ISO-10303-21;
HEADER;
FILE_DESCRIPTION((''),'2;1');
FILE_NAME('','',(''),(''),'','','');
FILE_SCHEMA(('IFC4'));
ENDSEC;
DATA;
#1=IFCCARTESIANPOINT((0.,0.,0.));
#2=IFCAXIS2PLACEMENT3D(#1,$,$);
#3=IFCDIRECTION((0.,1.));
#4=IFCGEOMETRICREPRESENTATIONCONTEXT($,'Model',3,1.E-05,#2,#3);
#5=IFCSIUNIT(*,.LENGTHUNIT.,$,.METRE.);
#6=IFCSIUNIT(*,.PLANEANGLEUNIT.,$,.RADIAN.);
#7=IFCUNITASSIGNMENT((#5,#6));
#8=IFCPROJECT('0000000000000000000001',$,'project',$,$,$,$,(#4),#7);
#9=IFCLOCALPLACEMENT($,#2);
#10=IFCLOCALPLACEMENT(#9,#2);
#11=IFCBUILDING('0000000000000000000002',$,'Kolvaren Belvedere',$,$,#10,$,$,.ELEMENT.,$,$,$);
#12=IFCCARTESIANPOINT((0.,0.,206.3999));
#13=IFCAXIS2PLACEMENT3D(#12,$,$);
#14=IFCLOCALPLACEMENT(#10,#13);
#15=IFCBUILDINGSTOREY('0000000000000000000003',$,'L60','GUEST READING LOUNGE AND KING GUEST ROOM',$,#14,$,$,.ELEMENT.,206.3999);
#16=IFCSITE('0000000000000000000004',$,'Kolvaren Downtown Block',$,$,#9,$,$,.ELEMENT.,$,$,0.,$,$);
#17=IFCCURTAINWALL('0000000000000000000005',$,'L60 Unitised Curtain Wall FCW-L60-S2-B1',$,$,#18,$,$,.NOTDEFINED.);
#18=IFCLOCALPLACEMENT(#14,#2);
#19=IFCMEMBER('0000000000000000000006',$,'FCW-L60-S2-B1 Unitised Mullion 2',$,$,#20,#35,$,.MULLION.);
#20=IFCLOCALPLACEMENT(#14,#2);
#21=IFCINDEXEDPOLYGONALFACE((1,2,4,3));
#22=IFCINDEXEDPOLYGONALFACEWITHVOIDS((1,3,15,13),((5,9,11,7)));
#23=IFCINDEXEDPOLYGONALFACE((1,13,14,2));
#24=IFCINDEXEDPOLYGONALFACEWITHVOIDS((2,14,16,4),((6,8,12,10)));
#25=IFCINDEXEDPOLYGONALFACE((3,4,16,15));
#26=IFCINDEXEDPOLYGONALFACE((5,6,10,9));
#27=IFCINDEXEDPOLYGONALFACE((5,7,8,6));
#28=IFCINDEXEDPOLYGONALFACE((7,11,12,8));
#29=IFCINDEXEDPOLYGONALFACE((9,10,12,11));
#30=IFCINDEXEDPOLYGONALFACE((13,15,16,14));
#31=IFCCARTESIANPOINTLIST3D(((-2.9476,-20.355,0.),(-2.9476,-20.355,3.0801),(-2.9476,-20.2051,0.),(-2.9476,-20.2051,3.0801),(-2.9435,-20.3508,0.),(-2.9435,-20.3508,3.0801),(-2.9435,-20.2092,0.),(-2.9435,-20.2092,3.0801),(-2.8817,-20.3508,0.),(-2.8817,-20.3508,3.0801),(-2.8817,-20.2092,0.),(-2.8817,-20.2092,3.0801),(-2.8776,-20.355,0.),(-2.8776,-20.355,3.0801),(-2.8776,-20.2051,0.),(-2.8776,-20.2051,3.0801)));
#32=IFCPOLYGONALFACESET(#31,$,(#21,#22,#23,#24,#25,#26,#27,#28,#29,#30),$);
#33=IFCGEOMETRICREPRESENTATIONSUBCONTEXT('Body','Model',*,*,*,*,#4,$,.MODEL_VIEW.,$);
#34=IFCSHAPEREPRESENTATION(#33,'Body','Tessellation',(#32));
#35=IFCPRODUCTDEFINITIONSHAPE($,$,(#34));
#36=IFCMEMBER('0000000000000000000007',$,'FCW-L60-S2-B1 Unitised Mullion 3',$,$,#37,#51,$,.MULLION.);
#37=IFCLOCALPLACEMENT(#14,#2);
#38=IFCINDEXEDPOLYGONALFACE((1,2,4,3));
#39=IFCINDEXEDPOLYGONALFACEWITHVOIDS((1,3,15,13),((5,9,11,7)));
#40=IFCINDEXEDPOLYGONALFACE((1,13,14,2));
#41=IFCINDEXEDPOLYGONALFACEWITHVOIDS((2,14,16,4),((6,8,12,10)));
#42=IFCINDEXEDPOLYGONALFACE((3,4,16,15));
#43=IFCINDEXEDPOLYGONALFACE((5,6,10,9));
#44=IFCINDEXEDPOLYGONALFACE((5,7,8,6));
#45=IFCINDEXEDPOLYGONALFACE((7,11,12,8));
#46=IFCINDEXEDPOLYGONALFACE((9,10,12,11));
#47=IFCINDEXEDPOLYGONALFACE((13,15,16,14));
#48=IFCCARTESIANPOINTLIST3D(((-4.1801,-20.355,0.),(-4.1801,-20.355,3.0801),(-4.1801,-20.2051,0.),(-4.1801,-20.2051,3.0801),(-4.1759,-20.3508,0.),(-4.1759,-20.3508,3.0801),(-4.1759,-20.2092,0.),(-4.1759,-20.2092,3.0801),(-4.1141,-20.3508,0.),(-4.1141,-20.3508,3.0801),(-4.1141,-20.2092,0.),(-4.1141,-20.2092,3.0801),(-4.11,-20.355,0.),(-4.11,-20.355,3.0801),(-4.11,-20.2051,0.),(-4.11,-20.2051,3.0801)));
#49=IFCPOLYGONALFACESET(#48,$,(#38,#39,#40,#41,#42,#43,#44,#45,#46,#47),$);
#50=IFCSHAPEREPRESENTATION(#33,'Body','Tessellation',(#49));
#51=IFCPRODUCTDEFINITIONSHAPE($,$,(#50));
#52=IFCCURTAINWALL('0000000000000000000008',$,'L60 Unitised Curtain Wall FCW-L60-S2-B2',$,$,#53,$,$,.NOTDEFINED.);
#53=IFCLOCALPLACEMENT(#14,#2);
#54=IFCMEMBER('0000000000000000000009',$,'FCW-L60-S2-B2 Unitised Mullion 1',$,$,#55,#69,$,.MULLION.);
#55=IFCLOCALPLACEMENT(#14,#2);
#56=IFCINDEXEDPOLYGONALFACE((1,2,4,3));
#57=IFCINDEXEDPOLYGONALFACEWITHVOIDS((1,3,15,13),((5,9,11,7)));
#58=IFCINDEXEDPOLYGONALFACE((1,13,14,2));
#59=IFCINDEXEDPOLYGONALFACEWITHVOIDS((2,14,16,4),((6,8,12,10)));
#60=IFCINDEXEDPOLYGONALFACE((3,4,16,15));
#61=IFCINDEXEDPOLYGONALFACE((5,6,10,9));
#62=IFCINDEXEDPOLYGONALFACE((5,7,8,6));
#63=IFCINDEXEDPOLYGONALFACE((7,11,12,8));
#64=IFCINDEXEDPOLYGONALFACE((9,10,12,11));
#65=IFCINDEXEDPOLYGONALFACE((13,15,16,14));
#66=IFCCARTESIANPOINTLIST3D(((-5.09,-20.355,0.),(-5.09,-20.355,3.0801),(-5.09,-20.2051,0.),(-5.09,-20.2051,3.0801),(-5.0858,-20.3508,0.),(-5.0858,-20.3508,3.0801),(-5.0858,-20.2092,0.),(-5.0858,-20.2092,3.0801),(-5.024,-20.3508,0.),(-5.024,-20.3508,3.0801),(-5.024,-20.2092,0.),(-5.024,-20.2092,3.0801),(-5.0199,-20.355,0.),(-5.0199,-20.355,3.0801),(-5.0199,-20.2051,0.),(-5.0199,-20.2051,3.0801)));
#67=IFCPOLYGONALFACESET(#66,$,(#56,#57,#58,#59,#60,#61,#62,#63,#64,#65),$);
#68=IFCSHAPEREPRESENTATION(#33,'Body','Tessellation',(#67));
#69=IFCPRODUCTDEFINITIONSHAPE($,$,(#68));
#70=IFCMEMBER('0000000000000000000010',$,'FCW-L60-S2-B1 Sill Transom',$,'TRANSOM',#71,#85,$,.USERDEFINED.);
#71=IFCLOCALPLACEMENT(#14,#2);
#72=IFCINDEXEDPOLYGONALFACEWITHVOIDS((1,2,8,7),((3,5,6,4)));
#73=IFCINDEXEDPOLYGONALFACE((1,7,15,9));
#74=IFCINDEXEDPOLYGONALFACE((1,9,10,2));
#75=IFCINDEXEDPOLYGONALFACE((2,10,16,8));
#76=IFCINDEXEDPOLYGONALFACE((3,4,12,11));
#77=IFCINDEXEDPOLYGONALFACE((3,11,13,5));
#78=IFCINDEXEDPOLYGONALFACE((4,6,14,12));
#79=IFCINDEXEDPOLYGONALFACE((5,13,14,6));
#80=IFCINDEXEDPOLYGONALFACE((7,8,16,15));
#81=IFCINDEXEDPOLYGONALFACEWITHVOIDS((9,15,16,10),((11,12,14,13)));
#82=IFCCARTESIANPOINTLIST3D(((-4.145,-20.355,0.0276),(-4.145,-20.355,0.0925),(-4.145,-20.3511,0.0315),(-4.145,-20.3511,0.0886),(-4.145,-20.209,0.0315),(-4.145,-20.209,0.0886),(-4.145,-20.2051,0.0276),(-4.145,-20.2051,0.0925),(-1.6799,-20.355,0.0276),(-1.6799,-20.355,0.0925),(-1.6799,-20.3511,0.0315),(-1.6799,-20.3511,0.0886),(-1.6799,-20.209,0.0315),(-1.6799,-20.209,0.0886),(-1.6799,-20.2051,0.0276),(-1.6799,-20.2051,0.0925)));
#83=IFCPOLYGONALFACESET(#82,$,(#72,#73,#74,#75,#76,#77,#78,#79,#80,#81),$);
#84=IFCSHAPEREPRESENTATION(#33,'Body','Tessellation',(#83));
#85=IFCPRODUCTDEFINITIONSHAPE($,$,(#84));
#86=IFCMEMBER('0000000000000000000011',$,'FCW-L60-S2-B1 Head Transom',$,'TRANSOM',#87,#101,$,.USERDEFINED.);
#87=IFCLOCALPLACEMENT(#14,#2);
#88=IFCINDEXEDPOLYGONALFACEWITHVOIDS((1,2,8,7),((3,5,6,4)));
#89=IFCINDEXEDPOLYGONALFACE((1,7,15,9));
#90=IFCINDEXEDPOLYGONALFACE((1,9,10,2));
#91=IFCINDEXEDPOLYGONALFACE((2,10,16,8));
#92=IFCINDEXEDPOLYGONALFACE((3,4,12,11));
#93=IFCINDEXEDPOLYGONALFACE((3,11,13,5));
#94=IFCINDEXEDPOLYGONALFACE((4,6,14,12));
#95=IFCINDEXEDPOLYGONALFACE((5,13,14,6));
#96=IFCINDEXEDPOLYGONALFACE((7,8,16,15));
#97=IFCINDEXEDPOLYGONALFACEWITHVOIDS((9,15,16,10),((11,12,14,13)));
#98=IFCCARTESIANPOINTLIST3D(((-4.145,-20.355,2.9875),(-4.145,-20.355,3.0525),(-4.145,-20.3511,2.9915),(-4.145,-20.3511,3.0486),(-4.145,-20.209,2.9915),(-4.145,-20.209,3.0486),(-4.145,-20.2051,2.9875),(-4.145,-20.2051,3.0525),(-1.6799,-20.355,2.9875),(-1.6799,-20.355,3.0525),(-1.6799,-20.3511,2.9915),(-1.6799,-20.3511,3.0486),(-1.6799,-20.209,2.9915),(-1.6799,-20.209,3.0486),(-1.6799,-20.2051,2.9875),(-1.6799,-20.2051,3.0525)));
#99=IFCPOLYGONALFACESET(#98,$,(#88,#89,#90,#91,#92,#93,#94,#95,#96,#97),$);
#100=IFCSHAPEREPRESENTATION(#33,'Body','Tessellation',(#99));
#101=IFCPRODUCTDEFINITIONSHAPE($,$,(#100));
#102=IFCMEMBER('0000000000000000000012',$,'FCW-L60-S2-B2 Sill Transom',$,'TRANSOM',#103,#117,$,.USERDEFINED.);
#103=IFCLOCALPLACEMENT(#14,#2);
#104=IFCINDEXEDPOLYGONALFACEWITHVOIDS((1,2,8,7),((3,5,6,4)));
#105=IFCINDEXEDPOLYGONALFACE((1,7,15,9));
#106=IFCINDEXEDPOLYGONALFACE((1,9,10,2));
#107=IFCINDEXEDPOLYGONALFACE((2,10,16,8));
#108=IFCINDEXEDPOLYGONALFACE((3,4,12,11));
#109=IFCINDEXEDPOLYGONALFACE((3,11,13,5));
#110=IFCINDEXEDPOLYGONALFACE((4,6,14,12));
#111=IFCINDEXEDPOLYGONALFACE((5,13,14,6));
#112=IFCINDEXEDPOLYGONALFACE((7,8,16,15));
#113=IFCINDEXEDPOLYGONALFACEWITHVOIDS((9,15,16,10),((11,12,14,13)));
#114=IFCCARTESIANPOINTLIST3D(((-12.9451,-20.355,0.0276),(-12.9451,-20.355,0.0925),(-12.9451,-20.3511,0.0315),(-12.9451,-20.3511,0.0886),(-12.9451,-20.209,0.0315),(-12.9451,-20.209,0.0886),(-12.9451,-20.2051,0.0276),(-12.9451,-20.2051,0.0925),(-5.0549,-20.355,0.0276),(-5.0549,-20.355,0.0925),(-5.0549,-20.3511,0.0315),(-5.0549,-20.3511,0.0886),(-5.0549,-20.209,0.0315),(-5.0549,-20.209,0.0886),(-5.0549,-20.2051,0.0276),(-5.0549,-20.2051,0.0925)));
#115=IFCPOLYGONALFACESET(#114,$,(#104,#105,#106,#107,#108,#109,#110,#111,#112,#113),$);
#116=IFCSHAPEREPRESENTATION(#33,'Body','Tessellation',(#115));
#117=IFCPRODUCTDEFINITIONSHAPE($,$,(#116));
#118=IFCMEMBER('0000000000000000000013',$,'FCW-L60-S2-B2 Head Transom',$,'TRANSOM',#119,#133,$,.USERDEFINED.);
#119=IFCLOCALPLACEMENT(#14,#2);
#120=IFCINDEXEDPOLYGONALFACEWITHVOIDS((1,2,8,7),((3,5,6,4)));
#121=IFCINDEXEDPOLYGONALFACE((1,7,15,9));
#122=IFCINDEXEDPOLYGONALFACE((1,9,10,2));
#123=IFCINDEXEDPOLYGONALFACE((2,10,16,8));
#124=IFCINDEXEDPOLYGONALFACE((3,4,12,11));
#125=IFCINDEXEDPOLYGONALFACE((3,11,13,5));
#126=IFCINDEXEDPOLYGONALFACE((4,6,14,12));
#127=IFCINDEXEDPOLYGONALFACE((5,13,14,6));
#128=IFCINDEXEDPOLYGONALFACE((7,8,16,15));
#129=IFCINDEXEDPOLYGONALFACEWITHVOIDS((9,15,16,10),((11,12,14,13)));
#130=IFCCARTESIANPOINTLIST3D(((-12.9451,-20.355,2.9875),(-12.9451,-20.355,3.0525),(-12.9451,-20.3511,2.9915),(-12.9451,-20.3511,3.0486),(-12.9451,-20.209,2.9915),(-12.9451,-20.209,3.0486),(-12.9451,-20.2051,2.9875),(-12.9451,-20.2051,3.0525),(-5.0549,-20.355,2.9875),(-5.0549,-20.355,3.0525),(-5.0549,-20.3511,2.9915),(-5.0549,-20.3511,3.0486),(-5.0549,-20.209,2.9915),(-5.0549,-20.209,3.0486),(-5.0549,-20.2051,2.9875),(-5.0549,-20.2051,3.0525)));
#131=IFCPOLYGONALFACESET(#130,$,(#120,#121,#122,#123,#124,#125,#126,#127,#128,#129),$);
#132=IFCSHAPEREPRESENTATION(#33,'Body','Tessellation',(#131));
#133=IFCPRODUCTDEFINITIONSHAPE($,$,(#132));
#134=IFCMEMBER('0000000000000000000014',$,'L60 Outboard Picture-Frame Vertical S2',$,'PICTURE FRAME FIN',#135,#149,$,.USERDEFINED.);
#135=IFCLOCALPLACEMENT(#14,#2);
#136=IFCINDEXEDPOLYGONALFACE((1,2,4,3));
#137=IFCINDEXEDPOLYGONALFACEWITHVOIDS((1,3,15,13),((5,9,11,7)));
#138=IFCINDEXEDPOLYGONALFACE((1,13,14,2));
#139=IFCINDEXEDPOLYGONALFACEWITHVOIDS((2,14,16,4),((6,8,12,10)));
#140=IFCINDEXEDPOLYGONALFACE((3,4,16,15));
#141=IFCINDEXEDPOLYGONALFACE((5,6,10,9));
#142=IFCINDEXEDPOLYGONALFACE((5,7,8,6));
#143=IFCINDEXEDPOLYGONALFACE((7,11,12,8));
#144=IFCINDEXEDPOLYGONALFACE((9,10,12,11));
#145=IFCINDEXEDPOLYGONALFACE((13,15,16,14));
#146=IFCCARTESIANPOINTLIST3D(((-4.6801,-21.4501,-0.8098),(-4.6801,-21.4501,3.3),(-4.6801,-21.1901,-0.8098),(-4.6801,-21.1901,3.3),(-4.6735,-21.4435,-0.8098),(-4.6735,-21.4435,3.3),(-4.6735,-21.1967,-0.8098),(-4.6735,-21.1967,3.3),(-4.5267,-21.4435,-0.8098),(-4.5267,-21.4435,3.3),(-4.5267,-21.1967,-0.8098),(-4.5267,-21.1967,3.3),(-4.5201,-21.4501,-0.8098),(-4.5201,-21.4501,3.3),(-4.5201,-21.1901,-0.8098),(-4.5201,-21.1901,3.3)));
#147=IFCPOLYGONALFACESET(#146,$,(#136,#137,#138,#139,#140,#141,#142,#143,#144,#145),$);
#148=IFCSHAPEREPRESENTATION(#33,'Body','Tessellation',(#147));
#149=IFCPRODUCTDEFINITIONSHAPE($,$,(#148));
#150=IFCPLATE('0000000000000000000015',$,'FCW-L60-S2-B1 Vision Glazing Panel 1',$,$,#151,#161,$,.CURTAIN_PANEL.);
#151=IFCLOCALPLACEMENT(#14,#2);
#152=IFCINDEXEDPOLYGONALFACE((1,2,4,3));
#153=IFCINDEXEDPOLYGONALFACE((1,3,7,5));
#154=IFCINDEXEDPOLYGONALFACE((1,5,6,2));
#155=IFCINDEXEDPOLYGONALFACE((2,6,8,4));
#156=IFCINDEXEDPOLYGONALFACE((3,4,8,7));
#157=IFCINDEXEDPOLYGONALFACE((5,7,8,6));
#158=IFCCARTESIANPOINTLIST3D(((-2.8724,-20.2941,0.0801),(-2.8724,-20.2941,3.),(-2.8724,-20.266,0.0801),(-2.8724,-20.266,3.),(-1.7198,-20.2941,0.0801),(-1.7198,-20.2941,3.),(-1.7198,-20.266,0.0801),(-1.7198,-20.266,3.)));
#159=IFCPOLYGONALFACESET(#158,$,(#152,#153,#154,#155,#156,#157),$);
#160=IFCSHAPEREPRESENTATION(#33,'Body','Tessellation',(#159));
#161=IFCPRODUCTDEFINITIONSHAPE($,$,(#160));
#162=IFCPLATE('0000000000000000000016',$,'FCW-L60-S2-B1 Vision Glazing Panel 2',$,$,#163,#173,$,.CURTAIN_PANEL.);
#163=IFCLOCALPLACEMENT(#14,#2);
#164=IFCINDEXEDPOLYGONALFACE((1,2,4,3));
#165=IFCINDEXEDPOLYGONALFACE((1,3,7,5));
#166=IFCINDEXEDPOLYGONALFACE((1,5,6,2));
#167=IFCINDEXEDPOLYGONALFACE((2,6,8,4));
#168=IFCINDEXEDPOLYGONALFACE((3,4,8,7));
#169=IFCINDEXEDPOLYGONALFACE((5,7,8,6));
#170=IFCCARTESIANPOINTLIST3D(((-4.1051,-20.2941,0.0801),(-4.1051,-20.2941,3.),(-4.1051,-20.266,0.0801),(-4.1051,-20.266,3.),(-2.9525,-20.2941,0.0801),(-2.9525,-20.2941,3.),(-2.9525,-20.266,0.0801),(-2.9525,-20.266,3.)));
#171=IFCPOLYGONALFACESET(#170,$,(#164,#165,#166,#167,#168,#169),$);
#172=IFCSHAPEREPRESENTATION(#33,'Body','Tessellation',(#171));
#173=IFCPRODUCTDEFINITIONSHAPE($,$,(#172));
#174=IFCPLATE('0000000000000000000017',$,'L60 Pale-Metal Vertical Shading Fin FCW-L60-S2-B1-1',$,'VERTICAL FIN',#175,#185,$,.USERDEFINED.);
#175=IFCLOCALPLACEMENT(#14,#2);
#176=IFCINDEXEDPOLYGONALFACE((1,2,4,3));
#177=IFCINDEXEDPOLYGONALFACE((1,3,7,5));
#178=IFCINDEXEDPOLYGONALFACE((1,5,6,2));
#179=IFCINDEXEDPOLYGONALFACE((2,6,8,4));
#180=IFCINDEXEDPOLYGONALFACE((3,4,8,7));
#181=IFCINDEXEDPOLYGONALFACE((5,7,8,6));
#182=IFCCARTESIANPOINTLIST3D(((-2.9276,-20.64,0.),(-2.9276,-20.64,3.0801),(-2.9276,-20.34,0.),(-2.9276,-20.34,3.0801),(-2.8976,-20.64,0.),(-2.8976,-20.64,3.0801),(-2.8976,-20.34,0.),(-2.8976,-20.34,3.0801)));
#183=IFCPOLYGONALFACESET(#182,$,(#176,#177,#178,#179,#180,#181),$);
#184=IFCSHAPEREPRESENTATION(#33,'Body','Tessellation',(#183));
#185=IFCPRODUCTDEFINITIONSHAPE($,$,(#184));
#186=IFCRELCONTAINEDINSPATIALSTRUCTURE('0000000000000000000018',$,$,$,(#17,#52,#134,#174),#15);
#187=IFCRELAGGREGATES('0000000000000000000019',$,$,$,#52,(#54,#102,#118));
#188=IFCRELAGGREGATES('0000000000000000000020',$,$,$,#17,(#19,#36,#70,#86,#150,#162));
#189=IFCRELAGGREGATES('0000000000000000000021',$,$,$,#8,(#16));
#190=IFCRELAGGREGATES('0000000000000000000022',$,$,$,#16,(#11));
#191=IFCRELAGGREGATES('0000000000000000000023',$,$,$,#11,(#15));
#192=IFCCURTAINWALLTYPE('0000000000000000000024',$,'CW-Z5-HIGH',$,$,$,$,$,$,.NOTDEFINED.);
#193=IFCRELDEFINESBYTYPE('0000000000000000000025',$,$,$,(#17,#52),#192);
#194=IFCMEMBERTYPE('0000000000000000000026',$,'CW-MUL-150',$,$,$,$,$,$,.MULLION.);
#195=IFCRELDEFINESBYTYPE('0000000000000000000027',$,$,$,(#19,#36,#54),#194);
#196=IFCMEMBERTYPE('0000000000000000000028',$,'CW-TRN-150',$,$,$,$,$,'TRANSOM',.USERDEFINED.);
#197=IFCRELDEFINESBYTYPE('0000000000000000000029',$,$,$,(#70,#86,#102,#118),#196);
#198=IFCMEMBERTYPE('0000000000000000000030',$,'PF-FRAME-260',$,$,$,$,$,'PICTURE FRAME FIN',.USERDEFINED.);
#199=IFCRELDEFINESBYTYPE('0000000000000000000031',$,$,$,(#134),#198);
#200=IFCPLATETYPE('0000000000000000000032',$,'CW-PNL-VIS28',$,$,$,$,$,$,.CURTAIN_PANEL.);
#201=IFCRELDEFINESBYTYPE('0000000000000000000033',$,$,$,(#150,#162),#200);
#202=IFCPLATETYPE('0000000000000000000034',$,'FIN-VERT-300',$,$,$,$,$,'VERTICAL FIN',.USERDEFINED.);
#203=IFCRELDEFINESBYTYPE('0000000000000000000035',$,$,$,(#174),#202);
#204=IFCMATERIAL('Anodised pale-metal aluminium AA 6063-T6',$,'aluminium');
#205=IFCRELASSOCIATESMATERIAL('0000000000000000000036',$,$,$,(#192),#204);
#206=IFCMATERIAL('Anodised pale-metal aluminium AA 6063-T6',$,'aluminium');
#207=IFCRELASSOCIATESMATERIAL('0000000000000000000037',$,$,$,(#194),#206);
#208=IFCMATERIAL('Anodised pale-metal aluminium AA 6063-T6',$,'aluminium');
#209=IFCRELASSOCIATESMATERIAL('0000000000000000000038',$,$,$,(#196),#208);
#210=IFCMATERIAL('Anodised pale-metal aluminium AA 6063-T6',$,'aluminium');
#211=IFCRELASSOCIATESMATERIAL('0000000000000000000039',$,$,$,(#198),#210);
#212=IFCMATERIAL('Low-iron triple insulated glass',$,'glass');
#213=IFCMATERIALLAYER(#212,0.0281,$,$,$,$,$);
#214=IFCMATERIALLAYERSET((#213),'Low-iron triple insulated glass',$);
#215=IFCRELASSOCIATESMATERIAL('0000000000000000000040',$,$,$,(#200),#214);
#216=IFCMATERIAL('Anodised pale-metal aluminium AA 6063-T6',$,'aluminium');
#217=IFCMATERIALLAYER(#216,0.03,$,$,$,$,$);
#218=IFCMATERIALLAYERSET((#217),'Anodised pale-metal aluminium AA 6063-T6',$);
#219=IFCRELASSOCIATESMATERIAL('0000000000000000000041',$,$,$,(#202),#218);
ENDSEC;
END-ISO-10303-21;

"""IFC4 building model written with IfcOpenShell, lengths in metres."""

from ifc_helpers import new_model, si_unit, direction, frame, origin, origin_2d, place, context, subcontext, project, spatial, rectangle, hollow_rectangle, extrude, material, layer, layer_set, material_profile, profile_set, type_object, element, aggregate, save


model = new_model("IFC4")

# Units and contexts
model_context = context("Model", 3, precision=1e-05, world=origin(), true_north=direction((0.0, 1.0)))
body_context = subcontext(model_context, "Body", "Model", "MODEL_VIEW")
ifc_project = project(units=[si_unit("LENGTHUNIT", "METRE"), si_unit("PLANEANGLEUNIT", "RADIAN")], contexts=[model_context])

# Site, building, storey
site_placement = place(None, origin())
site = spatial("IfcSite", under=ifc_project, at=site_placement, Name="Kolvaren Downtown Block", CompositionType="ELEMENT", RefElevation=0.0)
building_placement = place(site_placement, origin())
building = spatial("IfcBuilding", under=site, at=building_placement, Name="Kolvaren Belvedere", CompositionType="ELEMENT")
storey_placement = place(building_placement, frame((0.0, 0.0, 206.3999)))
storey = spatial("IfcBuildingStorey", under=building, at=storey_placement, Name="L60", Description="GUEST READING LOUNGE AND KING GUEST ROOM", CompositionType="ELEMENT", Elevation=206.3999)

# Curtain wall, members
ifc_material_1 = material(Name="Anodised pale-metal aluminium AA 6063-T6", Category="aluminium")
curtain_wall_type = type_object("IfcCurtainWallType", Name="CW-Z5-HIGH", PredefinedType="NOTDEFINED", material=ifc_material_1)
curtain_wall_1_placement = place(storey_placement, origin())
curtain_wall_1 = element("IfcCurtainWall", 1, at=curtain_wall_1_placement, inside=storey, type_object=curtain_wall_type, Name="L60 Unitised Curtain Wall FCW-L60-S2-B1", PredefinedType="NOTDEFINED")
ifc_material_2 = material(Name="Anodised pale-metal aluminium AA 6063-T6", Category="aluminium")
ifc_material_profile_1 = material_profile(ifc_material_2, hollow_rectangle(XDim=0.0701, YDim=0.1499, WallThickness=0.0042, at=origin_2d()), Name="ALU-MUL-150X70")
ifc_profile_set_1 = profile_set([ifc_material_profile_1], Name="Anodised pale-metal aluminium AA 6063-T6")
member_type_1 = type_object("IfcMemberType", Name="CW-MUL-150", PredefinedType="MULLION", material=ifc_profile_set_1)
member_1_placement = place(storey_placement, frame((-2.9126, -20.28, 0.0), z_axis=(0.0, 0.0, 1.0), x_axis=(1.0, 0.0, 0.0)))
member_1 = element("IfcMember", 2, at=member_1_placement, type_object=member_type_1, Name="FCW-L60-S2-B1 Unitised Mullion 2", PredefinedType="MULLION", context=body_context, shape_type="SweptSolid", body=[
    extrude(hollow_rectangle(XDim=0.0701, YDim=0.1499, WallThickness=0.0042, at=origin_2d()), origin(), (0.0, 0.0, 1.0), 3.0801),
])
member_2_placement = place(storey_placement, frame((-4.145, -20.28, 0.0), z_axis=(0.0, 0.0, 1.0), x_axis=(1.0, 0.0, 0.0)))
member_2 = element("IfcMember", 3, at=member_2_placement, type_object=member_type_1, Name="FCW-L60-S2-B1 Unitised Mullion 3", PredefinedType="MULLION", context=body_context, shape_type="SweptSolid", body=[
    extrude(hollow_rectangle(XDim=0.0701, YDim=0.1499, WallThickness=0.0042, at=origin_2d()), origin(), (0.0, 0.0, 1.0), 3.0801),
])

# Curtain wall, member
curtain_wall_2_placement = place(storey_placement, origin())
curtain_wall_2 = element("IfcCurtainWall", 4, at=curtain_wall_2_placement, inside=storey, type_object=curtain_wall_type, Name="L60 Unitised Curtain Wall FCW-L60-S2-B2", PredefinedType="NOTDEFINED")
member_3_placement = place(storey_placement, frame((-5.0549, -20.28, 0.0), z_axis=(0.0, 0.0, 1.0), x_axis=(1.0, 0.0, 0.0)))
member_3 = element("IfcMember", 5, at=member_3_placement, type_object=member_type_1, Name="FCW-L60-S2-B2 Unitised Mullion 1", PredefinedType="MULLION", context=body_context, shape_type="SweptSolid", body=[
    extrude(hollow_rectangle(XDim=0.0701, YDim=0.1499, WallThickness=0.0042, at=origin_2d()), origin(), (0.0, 0.0, 1.0), 3.0801),
])

# Members
ifc_material_3 = material(Name="Anodised pale-metal aluminium AA 6063-T6", Category="aluminium")
ifc_material_profile_2 = material_profile(ifc_material_3, hollow_rectangle(XDim=0.0649, YDim=0.1499, WallThickness=0.0039, at=origin_2d()), Name="ALU-TRN-150X65")
ifc_profile_set_2 = profile_set([ifc_material_profile_2], Name="Anodised pale-metal aluminium AA 6063-T6")
member_type_2 = type_object("IfcMemberType", Name="CW-TRN-150", ElementType="TRANSOM", PredefinedType="USERDEFINED", material=ifc_profile_set_2)
member_4_placement = place(storey_placement, frame((-1.6799, -20.28, 0.0601), z_axis=(-1.0, 0.0, 0.0), x_axis=(0.0, 0.0, 1.0)))
member_4 = element("IfcMember", 6, at=member_4_placement, type_object=member_type_2, Name="FCW-L60-S2-B1 Sill Transom", ObjectType="TRANSOM", PredefinedType="USERDEFINED", context=body_context, shape_type="SweptSolid", body=[
    extrude(hollow_rectangle(XDim=0.0649, YDim=0.1499, WallThickness=0.0039, at=origin_2d()), origin(), (0.0, 0.0, 1.0), 2.4651),
])
member_5_placement = place(storey_placement, frame((-1.6799, -20.28, 3.02), z_axis=(-1.0, 0.0, 0.0), x_axis=(0.0, 0.0, 1.0)))
member_5 = element("IfcMember", 7, at=member_5_placement, type_object=member_type_2, Name="FCW-L60-S2-B1 Head Transom", ObjectType="TRANSOM", PredefinedType="USERDEFINED", context=body_context, shape_type="SweptSolid", body=[
    extrude(hollow_rectangle(XDim=0.0649, YDim=0.1499, WallThickness=0.0039, at=origin_2d()), origin(), (0.0, 0.0, 1.0), 2.4651),
])
member_6_placement = place(storey_placement, frame((-5.0549, -20.28, 0.0601), z_axis=(-1.0, 0.0, 0.0), x_axis=(0.0, 0.0, 1.0)))
member_6 = element("IfcMember", 8, at=member_6_placement, type_object=member_type_2, Name="FCW-L60-S2-B2 Sill Transom", ObjectType="TRANSOM", PredefinedType="USERDEFINED", context=body_context, shape_type="SweptSolid", body=[
    extrude(hollow_rectangle(XDim=0.0649, YDim=0.1499, WallThickness=0.0039, at=origin_2d()), origin(), (0.0, 0.0, 1.0), 7.8901),
])
member_7_placement = place(storey_placement, frame((-5.0549, -20.28, 3.02), z_axis=(-1.0, 0.0, 0.0), x_axis=(0.0, 0.0, 1.0)))
member_7 = element("IfcMember", 9, at=member_7_placement, type_object=member_type_2, Name="FCW-L60-S2-B2 Head Transom", ObjectType="TRANSOM", PredefinedType="USERDEFINED", context=body_context, shape_type="SweptSolid", body=[
    extrude(hollow_rectangle(XDim=0.0649, YDim=0.1499, WallThickness=0.0039, at=origin_2d()), origin(), (0.0, 0.0, 1.0), 7.8901),
])
aggregate(curtain_wall_2, [member_3, member_6, member_7])
ifc_material_4 = material(Name="Anodised pale-metal aluminium AA 6063-T6", Category="aluminium")
ifc_material_profile_3 = material_profile(ifc_material_4, hollow_rectangle(XDim=0.1599, YDim=0.26, WallThickness=0.0066, at=origin_2d()), Name="ALU-PF-260X160")
ifc_profile_set_3 = profile_set([ifc_material_profile_3], Name="Anodised pale-metal aluminium AA 6063-T6")
member_type_3 = type_object("IfcMemberType", Name="PF-FRAME-260", ElementType="PICTURE FRAME FIN", PredefinedType="USERDEFINED", material=ifc_profile_set_3)
member_8_placement = place(storey_placement, frame((-4.6001, -21.3201, -0.8098), z_axis=(0.0, 0.0, 1.0), x_axis=(1.0, 0.0, 0.0)))
element("IfcMember", 10, at=member_8_placement, inside=storey, type_object=member_type_3, Name="L60 Outboard Picture-Frame Vertical S2", ObjectType="PICTURE FRAME FIN", PredefinedType="USERDEFINED", context=body_context, shape_type="SweptSolid", body=[
    extrude(hollow_rectangle(XDim=0.1599, YDim=0.26, WallThickness=0.0066, at=origin_2d()), origin(), (0.0, 0.0, 1.0), 4.1099),
])

# Plates
ifc_material_5 = material(Name="Low-iron triple insulated glass", Category="glass")
ifc_layer_1 = layer(ifc_material_5, 0.0281)
ifc_layer_set_1 = layer_set([ifc_layer_1], Name="Low-iron triple insulated glass")
plate_type_1 = type_object("IfcPlateType", Name="CW-PNL-VIS28", PredefinedType="CURTAIN_PANEL", material=ifc_layer_set_1)
plate_1_placement = place(storey_placement, frame((-2.2961, -20.28, 0.0801), z_axis=(0.0, 0.0, 1.0), x_axis=(-1.0, 0.0, 0.0)))
plate_1 = element("IfcPlate", 11, at=plate_1_placement, type_object=plate_type_1, Name="FCW-L60-S2-B1 Vision Glazing Panel 1", PredefinedType="CURTAIN_PANEL", context=body_context, shape_type="SweptSolid", body=[
    extrude(rectangle(XDim=1.1526, YDim=0.0281, at=origin_2d()), origin(), (0.0, 0.0, 1.0), 2.9199),
])
plate_2_placement = place(storey_placement, frame((-3.5288, -20.28, 0.0801), z_axis=(0.0, 0.0, 1.0), x_axis=(-1.0, 0.0, 0.0)))
plate_2 = element("IfcPlate", 12, at=plate_2_placement, type_object=plate_type_1, Name="FCW-L60-S2-B1 Vision Glazing Panel 2", PredefinedType="CURTAIN_PANEL", context=body_context, shape_type="SweptSolid", body=[
    extrude(rectangle(XDim=1.1526, YDim=0.0281, at=origin_2d()), origin(), (0.0, 0.0, 1.0), 2.9199),
])
aggregate(curtain_wall_1, [member_1, member_2, member_4, member_5, plate_1, plate_2])
ifc_material_6 = material(Name="Anodised pale-metal aluminium AA 6063-T6", Category="aluminium")
ifc_layer_2 = layer(ifc_material_6, 0.03)
ifc_layer_set_2 = layer_set([ifc_layer_2], Name="Anodised pale-metal aluminium AA 6063-T6")
plate_type_2 = type_object("IfcPlateType", Name="FIN-VERT-300", ElementType="VERTICAL FIN", PredefinedType="USERDEFINED", material=ifc_layer_set_2)
plate_3_placement = place(storey_placement, frame((-2.9126, -20.49, 0.0), z_axis=(0.0, 0.0, 1.0), x_axis=(0.0, 1.0, 0.0)))
element("IfcPlate", 13, at=plate_3_placement, inside=storey, type_object=plate_type_2, Name="L60 Pale-Metal Vertical Shading Fin FCW-L60-S2-B1-1", ObjectType="VERTICAL FIN", PredefinedType="USERDEFINED", context=body_context, shape_type="SweptSolid", body=[
    extrude(rectangle(XDim=0.3, YDim=0.03, at=origin_2d()), origin(), (0.0, 0.0, 1.0), 3.0801),
])

save(model, "model.ifc")
